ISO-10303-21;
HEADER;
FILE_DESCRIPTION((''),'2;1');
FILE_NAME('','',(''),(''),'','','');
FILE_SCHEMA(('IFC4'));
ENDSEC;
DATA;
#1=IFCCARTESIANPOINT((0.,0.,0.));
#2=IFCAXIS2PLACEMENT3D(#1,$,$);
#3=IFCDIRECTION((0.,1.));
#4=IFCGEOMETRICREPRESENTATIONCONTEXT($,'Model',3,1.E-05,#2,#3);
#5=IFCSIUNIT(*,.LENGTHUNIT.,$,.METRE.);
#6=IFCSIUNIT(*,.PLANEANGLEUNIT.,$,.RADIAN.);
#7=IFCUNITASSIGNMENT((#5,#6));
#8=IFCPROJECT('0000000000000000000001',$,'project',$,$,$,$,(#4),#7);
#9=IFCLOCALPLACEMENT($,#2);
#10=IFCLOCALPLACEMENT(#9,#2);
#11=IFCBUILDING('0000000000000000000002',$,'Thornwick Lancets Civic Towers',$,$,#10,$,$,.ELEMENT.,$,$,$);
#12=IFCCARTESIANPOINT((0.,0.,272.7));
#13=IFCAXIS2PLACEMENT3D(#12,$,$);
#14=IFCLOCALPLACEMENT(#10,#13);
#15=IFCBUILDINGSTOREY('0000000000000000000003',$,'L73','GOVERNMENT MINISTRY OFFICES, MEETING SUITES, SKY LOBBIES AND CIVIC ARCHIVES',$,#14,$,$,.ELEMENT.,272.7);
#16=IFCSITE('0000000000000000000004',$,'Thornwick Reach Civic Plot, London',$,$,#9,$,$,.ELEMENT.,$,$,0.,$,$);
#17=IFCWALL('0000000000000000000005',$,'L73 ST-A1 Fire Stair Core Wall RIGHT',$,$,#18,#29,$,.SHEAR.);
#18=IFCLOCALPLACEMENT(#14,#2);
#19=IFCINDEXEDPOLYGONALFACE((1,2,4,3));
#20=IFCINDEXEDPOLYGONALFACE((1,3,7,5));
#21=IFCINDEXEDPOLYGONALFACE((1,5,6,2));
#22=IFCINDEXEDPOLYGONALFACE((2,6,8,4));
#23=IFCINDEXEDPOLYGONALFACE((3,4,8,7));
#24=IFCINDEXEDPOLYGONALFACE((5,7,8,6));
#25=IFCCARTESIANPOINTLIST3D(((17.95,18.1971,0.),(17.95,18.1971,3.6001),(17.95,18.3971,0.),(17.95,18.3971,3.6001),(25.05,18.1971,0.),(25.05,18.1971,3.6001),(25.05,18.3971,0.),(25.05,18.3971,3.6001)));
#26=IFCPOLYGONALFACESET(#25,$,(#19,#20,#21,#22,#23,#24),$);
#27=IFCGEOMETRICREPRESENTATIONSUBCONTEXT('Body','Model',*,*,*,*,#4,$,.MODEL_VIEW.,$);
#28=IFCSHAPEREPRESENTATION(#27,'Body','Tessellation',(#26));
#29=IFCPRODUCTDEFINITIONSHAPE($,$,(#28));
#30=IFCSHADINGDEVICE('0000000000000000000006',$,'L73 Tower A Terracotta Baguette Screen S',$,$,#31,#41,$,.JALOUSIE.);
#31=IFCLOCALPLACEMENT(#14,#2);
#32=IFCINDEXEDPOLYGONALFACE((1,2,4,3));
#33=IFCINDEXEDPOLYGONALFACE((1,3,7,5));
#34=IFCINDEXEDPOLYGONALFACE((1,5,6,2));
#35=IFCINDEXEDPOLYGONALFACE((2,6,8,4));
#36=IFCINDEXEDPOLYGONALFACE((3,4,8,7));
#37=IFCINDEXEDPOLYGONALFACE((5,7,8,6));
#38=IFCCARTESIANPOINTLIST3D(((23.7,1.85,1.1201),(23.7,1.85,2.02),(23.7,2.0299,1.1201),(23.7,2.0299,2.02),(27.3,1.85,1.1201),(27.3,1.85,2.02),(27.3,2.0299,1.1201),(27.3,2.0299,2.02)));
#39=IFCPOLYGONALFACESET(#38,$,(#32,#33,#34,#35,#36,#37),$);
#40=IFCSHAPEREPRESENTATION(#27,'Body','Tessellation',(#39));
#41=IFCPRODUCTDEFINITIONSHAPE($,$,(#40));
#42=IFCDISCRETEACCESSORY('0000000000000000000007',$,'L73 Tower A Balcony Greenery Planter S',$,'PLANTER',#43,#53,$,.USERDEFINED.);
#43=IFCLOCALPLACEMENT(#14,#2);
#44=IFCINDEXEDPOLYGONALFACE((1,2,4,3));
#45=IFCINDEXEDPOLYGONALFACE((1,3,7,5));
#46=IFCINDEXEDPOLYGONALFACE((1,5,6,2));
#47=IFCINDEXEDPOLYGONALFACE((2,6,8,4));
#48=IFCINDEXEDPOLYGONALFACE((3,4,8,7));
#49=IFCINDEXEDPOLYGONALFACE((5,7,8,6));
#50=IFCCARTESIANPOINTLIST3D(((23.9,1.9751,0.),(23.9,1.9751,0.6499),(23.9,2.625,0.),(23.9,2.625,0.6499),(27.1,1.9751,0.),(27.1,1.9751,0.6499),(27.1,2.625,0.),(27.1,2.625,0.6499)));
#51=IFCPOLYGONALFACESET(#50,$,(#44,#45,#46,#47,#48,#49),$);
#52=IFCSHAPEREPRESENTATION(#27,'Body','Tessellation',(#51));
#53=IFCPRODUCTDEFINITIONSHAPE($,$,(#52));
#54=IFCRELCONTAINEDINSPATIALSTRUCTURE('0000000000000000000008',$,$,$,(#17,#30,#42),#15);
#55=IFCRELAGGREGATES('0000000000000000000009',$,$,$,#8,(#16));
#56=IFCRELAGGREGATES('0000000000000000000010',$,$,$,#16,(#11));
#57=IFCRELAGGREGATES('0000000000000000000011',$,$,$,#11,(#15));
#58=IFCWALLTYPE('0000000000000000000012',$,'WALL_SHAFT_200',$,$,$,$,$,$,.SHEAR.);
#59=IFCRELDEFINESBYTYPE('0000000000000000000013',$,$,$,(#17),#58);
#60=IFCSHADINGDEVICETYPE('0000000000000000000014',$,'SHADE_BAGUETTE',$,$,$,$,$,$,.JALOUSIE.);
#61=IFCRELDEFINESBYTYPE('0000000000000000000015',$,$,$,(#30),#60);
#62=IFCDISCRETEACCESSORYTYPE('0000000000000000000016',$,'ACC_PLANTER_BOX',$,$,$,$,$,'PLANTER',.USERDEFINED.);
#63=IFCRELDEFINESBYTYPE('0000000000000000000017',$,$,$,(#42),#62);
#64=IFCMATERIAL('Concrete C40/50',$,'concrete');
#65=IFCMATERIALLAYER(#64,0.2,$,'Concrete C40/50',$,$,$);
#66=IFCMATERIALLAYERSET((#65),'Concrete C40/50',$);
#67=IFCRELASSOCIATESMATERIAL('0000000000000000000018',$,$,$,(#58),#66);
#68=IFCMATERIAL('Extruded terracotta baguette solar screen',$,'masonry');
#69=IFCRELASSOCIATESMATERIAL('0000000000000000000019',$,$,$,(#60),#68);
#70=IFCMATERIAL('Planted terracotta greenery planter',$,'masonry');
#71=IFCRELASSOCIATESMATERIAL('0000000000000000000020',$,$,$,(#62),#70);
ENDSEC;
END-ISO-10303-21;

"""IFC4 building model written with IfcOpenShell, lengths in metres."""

from ifc_helpers import new_model, si_unit, direction, frame, frame_2d, origin, origin_2d, place, context, subcontext, project, spatial, rectangle, extrude, material, layer, layer_set, type_object, element, save


model = new_model("IFC4")

# Units and contexts
model_context = context("Model", 3, precision=1e-05, world=origin(), true_north=direction((0.0, 1.0)))
body_context = subcontext(model_context, "Body", "Model", "MODEL_VIEW")
ifc_project = project(units=[si_unit("LENGTHUNIT", "METRE"), si_unit("PLANEANGLEUNIT", "RADIAN")], contexts=[model_context])

# Site, building, storey
site_placement = place(None, origin())
site = spatial("IfcSite", under=ifc_project, at=site_placement, Name="Thornwick Reach Civic Plot, London", CompositionType="ELEMENT", RefElevation=0.0)
building_placement = place(site_placement, origin())
building = spatial("IfcBuilding", under=site, at=building_placement, Name="Thornwick Lancets Civic Towers", CompositionType="ELEMENT")
storey_placement = place(building_placement, frame((0.0, 0.0, 272.7)))
storey = spatial("IfcBuildingStorey", under=building, at=storey_placement, Name="L73", Description="GOVERNMENT MINISTRY OFFICES, MEETING SUITES, SKY LOBBIES AND CIVIC ARCHIVES", CompositionType="ELEMENT", Elevation=272.7)

# Wall
ifc_material_1 = material(Name="Concrete C40/50", Category="concrete")
ifc_layer_1 = layer(ifc_material_1, 0.2, Name="Concrete C40/50")
ifc_layer_set_1 = layer_set([ifc_layer_1], Name="Concrete C40/50")
wall_type_1 = type_object("IfcWallType", Name="WALL_SHAFT_200", PredefinedType="SHEAR", material=ifc_layer_set_1)
wall_1_placement = place(storey_placement, frame((25.05, 18.2971, 0.0), z_axis=(0.0, 0.0, 1.0), x_axis=(-1.0, 0.0, 0.0)))
element("IfcWall", 1, at=wall_1_placement, inside=storey, type_object=wall_type_1, Name="L73 ST-A1 Fire Stair Core Wall RIGHT", PredefinedType="SHEAR", context=body_context, shape_type="SweptSolid", body=[
    extrude(rectangle(XDim=7.1001, YDim=0.2, at=frame_2d((3.55, 0.0))), origin(), (0.0, 0.0, 1.0), 3.6001),
])

# Shading device
ifc_material_2 = material(Name="Extruded terracotta baguette solar screen", Category="masonry")
shading_device_type = type_object("IfcShadingDeviceType", Name="SHADE_BAGUETTE", PredefinedType="JALOUSIE", material=ifc_material_2)
shading_device_placement = place(storey_placement, frame((25.5, 1.9399, 1.1201), z_axis=(0.0, 0.0, 1.0), x_axis=(1.0, 0.0, 0.0)))
element("IfcShadingDevice", 2, at=shading_device_placement, inside=storey, type_object=shading_device_type, Name="L73 Tower A Terracotta Baguette Screen S", PredefinedType="JALOUSIE", context=body_context, shape_type="SweptSolid", body=[
    extrude(rectangle(XDim=3.6001, YDim=0.1799, at=origin_2d()), origin(), (0.0, 0.0, 1.0), 0.8999),
])

# Discrete accessory
ifc_material_3 = material(Name="Planted terracotta greenery planter", Category="masonry")
discrete_accessory_type = type_object("IfcDiscreteAccessoryType", Name="ACC_PLANTER_BOX", ElementType="PLANTER", PredefinedType="USERDEFINED", material=ifc_material_3)
discrete_accessory_placement = place(storey_placement, frame((25.5, 2.3, 0.0), z_axis=(0.0, 0.0, 1.0), x_axis=(1.0, 0.0, 0.0)))
element("IfcDiscreteAccessory", 3, at=discrete_accessory_placement, inside=storey, type_object=discrete_accessory_type, Name="L73 Tower A Balcony Greenery Planter S", ObjectType="PLANTER", PredefinedType="USERDEFINED", context=body_context, shape_type="SweptSolid", body=[
    extrude(rectangle(XDim=3.2, YDim=0.6499, at=origin_2d()), origin(), (0.0, 0.0, 1.0), 0.6499),
])

save(model, "model.ifc")
